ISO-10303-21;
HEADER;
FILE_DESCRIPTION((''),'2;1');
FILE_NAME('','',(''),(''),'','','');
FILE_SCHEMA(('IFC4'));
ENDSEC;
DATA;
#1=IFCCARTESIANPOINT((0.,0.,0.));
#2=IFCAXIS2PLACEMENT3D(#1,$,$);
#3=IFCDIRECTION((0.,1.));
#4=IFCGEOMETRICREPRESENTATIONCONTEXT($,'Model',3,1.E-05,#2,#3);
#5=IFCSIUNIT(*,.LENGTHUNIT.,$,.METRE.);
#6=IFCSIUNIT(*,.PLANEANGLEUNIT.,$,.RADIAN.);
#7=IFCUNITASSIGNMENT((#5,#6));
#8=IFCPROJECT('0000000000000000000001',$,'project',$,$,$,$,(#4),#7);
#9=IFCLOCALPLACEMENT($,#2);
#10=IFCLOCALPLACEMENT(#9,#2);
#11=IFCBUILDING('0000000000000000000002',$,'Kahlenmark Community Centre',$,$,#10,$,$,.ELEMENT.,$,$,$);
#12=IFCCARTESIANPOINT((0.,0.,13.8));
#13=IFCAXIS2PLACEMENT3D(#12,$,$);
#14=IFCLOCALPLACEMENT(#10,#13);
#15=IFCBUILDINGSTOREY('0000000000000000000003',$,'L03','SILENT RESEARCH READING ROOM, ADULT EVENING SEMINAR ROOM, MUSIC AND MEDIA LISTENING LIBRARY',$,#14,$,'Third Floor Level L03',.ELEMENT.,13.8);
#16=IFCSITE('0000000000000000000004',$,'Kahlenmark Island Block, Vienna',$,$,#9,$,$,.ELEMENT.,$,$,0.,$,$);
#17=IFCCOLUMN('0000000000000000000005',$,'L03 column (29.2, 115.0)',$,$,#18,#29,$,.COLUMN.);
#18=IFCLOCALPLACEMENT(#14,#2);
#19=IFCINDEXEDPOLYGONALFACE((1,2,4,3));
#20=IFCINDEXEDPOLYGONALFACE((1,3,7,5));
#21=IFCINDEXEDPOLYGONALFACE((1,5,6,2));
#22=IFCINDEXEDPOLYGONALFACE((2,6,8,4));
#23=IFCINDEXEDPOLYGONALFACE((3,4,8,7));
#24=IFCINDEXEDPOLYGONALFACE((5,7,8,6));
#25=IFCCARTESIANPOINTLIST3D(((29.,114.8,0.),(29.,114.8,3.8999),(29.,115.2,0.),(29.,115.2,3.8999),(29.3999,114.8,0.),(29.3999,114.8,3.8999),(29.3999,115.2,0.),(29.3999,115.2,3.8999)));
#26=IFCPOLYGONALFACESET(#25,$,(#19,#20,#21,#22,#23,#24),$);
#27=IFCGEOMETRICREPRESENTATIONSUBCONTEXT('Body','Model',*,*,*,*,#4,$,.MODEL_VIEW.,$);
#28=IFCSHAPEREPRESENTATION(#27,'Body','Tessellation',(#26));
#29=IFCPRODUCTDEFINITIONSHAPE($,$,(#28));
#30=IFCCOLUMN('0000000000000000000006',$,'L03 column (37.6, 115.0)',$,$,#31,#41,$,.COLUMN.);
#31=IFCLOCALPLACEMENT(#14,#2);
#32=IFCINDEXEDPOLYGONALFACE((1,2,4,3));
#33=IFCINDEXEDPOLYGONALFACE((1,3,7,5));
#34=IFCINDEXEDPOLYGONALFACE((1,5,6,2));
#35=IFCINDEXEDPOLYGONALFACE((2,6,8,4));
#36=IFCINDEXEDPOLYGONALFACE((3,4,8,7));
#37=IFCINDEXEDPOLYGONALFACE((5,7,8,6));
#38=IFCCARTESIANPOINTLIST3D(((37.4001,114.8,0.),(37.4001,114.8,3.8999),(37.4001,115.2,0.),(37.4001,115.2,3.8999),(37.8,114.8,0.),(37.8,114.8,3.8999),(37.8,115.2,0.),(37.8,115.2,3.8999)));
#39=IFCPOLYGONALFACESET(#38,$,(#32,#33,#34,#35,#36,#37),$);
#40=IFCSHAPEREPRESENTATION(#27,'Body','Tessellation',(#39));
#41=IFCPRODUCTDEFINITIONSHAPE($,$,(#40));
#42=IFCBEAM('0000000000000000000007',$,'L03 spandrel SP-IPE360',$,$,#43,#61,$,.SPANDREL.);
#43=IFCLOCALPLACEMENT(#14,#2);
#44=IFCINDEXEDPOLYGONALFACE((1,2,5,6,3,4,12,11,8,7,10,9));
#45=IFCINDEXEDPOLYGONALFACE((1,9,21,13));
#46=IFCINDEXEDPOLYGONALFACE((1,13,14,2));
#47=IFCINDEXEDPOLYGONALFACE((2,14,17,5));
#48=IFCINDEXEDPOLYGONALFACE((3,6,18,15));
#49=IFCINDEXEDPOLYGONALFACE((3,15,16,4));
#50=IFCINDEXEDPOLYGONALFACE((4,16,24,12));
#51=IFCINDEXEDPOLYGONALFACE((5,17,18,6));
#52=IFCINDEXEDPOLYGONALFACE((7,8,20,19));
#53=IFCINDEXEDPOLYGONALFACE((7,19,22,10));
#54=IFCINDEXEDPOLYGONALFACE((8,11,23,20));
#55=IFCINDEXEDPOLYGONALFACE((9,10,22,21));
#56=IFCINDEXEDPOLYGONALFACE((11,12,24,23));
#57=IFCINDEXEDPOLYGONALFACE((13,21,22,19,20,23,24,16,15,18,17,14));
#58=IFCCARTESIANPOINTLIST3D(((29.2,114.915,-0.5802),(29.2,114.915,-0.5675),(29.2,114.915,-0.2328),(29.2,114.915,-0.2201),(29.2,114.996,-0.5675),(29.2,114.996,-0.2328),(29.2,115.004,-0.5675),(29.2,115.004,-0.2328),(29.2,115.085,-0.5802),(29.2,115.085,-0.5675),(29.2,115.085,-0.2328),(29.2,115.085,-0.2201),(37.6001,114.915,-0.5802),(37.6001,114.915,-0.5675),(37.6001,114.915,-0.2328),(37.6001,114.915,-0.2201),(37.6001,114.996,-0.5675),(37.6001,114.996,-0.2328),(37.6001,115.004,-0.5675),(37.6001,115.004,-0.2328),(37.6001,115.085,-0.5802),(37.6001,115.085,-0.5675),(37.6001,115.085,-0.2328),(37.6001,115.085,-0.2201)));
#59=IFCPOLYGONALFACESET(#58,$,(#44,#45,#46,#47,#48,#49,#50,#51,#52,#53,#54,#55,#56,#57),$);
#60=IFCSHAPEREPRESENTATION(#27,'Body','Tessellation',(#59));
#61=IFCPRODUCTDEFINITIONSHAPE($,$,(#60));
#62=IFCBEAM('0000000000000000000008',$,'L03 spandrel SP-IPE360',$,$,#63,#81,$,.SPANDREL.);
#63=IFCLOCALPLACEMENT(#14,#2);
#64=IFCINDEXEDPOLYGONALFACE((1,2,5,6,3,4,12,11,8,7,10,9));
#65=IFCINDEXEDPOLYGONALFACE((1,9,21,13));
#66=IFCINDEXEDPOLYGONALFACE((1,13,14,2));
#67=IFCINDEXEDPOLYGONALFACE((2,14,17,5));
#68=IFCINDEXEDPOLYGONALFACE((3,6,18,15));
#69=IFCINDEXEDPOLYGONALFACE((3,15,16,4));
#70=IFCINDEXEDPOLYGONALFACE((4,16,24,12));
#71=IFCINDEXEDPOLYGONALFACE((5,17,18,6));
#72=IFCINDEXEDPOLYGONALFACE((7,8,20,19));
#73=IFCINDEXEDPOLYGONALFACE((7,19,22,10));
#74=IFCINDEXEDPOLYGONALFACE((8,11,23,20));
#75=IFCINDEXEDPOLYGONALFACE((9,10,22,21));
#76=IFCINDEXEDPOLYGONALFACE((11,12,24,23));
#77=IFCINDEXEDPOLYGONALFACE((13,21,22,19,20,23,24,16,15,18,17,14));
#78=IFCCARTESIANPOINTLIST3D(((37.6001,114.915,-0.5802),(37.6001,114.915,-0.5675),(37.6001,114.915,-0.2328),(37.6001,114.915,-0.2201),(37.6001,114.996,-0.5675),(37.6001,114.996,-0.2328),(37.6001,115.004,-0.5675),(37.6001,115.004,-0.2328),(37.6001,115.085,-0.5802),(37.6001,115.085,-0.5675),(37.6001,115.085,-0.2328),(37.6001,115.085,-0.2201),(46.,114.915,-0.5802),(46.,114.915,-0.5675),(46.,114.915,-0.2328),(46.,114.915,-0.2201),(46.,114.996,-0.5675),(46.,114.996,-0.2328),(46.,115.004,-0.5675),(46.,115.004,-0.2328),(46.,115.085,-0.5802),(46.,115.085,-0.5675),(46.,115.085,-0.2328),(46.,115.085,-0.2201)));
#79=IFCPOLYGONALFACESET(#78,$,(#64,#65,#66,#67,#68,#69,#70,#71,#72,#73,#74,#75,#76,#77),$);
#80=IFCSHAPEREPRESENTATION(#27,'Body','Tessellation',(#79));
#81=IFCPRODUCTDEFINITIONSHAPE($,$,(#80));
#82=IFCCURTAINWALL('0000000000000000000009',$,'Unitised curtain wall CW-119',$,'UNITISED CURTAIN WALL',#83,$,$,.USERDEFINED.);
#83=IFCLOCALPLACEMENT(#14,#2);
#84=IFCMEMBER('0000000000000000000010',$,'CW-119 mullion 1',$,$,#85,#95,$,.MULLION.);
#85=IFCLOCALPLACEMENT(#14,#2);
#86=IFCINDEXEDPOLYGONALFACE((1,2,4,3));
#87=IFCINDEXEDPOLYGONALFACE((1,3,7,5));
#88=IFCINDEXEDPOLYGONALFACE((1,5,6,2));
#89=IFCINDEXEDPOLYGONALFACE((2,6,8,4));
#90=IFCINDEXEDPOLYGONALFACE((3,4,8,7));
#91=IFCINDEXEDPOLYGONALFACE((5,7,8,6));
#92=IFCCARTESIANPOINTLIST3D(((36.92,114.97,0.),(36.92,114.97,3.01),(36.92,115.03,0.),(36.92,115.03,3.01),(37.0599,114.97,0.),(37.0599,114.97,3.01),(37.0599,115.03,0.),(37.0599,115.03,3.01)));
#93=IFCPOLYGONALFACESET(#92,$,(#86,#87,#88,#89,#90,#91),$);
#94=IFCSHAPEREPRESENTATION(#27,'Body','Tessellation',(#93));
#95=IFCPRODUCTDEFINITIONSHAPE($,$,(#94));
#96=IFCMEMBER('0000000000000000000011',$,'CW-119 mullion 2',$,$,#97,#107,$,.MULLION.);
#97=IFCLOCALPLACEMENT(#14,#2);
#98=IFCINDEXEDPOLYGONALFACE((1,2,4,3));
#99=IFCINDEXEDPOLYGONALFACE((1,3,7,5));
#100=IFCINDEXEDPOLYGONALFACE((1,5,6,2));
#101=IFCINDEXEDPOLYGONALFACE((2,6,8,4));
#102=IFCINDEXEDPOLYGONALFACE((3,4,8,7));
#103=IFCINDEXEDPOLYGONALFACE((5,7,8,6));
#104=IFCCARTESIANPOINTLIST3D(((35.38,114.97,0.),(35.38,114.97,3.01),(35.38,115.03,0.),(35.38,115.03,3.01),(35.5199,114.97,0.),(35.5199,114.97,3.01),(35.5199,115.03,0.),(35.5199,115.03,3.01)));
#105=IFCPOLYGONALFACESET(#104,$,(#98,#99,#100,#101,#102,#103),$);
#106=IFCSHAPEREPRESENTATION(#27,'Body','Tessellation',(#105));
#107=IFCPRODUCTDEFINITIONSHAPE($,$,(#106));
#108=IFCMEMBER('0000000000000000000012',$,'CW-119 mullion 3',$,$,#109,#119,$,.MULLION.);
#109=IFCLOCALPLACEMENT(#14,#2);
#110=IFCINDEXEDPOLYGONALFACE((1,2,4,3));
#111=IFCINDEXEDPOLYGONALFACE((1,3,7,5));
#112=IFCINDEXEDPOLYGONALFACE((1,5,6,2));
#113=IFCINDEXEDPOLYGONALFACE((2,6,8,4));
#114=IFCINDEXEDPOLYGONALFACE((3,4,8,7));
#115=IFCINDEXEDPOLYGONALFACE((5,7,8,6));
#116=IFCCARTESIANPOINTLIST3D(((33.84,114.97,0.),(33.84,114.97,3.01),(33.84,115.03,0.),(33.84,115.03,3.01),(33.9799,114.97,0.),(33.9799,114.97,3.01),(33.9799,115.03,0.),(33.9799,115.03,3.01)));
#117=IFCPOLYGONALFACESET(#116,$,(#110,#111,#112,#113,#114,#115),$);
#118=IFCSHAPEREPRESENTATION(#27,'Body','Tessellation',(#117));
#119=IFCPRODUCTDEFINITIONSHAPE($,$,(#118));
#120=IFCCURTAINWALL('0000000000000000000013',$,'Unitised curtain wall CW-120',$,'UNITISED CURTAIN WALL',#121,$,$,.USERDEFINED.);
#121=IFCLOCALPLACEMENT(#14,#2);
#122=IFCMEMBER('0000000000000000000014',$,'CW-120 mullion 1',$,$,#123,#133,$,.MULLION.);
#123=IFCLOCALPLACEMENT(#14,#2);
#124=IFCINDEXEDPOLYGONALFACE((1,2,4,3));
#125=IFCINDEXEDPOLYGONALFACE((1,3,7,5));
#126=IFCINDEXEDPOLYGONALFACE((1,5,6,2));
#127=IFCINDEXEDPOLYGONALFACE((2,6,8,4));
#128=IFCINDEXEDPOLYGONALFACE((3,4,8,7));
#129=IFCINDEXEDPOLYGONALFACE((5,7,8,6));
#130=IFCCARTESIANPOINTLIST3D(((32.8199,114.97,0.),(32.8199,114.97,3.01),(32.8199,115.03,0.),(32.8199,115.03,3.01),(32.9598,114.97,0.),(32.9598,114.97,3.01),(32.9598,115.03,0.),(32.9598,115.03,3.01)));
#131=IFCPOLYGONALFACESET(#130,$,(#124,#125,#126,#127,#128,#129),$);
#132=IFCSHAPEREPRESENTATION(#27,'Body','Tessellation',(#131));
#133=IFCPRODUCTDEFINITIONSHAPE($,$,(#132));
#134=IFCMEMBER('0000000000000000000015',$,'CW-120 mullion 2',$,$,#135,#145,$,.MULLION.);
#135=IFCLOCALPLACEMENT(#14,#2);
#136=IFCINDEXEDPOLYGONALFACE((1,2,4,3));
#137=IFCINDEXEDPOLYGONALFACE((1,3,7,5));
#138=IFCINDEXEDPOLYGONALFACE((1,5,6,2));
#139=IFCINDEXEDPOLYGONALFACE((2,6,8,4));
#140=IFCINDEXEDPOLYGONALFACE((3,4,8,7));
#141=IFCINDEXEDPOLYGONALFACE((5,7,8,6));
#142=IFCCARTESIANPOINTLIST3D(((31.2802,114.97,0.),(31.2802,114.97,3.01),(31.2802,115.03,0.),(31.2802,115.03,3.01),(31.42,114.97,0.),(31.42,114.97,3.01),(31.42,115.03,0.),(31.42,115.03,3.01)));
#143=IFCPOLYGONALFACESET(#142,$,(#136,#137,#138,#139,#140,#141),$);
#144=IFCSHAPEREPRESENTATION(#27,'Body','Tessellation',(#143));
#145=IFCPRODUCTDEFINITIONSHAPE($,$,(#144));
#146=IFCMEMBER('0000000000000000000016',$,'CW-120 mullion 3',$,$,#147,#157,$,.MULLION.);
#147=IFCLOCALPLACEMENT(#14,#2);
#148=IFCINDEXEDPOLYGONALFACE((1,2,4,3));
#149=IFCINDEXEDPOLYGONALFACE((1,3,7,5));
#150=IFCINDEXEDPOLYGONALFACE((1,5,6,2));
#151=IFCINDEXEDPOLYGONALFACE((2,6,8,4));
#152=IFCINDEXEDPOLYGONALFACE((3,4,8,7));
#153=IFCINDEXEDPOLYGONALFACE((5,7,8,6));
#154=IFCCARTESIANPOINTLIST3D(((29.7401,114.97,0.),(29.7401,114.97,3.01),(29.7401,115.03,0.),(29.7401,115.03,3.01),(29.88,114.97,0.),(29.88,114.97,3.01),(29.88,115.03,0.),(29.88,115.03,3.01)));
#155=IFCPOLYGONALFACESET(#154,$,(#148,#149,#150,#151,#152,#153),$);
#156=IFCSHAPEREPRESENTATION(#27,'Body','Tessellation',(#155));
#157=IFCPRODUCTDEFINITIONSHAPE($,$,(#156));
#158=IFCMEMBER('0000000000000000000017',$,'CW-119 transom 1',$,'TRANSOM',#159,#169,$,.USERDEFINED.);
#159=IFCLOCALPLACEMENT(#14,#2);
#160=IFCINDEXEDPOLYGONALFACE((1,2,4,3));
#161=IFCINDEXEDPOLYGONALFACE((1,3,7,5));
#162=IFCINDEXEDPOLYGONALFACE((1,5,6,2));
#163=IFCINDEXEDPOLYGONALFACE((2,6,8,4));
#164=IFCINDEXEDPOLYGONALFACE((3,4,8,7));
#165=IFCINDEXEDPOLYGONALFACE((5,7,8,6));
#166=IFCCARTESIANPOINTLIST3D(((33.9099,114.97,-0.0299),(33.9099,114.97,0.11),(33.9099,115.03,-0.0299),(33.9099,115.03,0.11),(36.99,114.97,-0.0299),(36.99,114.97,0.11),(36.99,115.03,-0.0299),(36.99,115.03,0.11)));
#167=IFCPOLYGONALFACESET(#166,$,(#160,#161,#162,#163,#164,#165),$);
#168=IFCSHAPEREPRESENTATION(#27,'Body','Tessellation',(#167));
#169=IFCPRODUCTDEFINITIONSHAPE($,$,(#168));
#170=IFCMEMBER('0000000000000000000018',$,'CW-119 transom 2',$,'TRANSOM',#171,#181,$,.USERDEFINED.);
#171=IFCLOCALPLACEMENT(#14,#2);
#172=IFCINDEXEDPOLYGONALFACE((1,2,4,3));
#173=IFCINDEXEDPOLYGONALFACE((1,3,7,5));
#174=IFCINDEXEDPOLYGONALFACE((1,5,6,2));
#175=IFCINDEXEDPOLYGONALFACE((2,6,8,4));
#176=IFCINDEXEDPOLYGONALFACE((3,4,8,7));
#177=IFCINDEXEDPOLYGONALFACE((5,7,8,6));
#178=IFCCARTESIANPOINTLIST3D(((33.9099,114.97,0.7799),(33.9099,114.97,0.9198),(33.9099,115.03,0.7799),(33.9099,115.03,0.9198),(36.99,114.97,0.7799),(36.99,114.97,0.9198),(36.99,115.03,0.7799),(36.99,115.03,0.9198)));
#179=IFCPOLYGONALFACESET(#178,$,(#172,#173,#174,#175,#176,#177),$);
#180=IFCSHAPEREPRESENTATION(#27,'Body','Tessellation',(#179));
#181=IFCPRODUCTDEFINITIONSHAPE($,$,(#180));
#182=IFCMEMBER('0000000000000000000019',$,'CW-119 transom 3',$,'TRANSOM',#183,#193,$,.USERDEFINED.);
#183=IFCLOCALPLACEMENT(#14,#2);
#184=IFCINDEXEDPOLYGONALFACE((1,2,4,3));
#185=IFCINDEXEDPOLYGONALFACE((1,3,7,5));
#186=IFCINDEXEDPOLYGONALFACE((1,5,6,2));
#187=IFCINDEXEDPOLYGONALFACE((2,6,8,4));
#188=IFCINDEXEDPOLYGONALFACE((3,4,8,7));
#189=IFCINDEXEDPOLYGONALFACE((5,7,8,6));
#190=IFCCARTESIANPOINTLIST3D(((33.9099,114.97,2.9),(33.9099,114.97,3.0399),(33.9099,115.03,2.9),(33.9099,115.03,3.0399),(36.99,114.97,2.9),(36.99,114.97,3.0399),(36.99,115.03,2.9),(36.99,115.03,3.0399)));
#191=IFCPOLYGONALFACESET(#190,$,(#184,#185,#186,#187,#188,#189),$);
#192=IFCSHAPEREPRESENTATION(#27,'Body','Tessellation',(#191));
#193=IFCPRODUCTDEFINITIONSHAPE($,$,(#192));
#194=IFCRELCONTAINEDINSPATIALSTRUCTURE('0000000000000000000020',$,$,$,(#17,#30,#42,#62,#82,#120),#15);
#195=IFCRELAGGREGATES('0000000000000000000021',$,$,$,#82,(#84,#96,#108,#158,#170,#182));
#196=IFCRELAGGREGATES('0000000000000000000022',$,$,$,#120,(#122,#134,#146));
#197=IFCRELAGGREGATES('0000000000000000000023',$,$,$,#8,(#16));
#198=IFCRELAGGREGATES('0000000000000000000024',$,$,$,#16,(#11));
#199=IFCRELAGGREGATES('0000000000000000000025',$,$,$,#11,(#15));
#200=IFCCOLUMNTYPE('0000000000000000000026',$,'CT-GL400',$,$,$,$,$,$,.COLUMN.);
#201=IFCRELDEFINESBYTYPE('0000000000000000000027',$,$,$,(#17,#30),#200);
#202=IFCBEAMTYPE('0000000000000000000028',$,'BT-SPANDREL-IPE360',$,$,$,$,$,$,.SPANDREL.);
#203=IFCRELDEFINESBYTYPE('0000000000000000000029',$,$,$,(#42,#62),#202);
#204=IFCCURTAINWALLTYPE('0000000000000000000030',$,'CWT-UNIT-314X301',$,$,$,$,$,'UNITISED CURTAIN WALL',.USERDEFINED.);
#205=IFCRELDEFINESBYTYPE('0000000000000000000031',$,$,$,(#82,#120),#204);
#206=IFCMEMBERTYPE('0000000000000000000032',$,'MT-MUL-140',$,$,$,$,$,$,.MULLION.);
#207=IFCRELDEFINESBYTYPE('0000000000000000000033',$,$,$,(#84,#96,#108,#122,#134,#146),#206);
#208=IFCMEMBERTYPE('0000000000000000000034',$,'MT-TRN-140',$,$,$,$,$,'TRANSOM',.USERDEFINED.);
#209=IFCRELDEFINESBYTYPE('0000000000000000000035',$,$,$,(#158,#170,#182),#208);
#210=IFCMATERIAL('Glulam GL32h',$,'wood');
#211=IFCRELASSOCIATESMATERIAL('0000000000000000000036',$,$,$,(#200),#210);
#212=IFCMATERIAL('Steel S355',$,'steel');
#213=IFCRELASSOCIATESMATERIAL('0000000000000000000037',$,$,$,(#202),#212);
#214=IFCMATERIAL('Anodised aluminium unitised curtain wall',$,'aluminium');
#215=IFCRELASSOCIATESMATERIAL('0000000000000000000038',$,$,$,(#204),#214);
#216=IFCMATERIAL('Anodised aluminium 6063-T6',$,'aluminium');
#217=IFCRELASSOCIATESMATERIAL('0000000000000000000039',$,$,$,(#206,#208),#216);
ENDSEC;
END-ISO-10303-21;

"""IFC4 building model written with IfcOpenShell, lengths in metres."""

from ifc_helpers import new_model, si_unit, direction, frame, origin, origin_2d, place, context, subcontext, project, spatial, rectangle, i_section, extrude, material, material_profile, profile_set, type_object, element, aggregate, save


model = new_model("IFC4")

# Units and contexts
model_context = context("Model", 3, precision=1e-05, world=origin(), true_north=direction((0.0, 1.0)))
body_context = subcontext(model_context, "Body", "Model", "MODEL_VIEW")
ifc_project = project(units=[si_unit("LENGTHUNIT", "METRE"), si_unit("PLANEANGLEUNIT", "RADIAN")], contexts=[model_context])

# Site, building, storey
site_placement = place(None, origin())
site = spatial("IfcSite", under=ifc_project, at=site_placement, Name="Kahlenmark Island Block, Vienna", CompositionType="ELEMENT", RefElevation=0.0)
building_placement = place(site_placement, origin())
building = spatial("IfcBuilding", under=site, at=building_placement, Name="Kahlenmark Community Centre", CompositionType="ELEMENT")
storey_placement = place(building_placement, frame((0.0, 0.0, 13.8)))
storey = spatial("IfcBuildingStorey", under=building, at=storey_placement, Name="L03", Description="SILENT RESEARCH READING ROOM, ADULT EVENING SEMINAR ROOM, MUSIC AND MEDIA LISTENING LIBRARY", LongName="Third Floor Level L03", CompositionType="ELEMENT", Elevation=13.8)

# Columns
ifc_material_1 = material(Name="Glulam GL32h", Category="wood")
ifc_material_profile_1 = material_profile(ifc_material_1, rectangle(XDim=0.3999, YDim=0.3999, at=origin_2d()), Name="GL32h 400x400")
ifc_profile_set_1 = profile_set([ifc_material_profile_1], Name="Glulam GL32h")
column_type = type_object("IfcColumnType", Name="CT-GL400", PredefinedType="COLUMN", material=ifc_profile_set_1)
for number, where, z_axis, x_axis, name in (
    (1, (29.2, 115.0, 0.0), (0.0, 0.0, 1.0), (1.0, 0.0, 0.0), "L03 column (29.2, 115.0)"),
    (2, (37.6001, 115.0, 0.0), (0.0, 0.0, 1.0), (1.0, 0.0, 0.0), "L03 column (37.6, 115.0)"),
):
    element("IfcColumn", number, at=place(storey_placement, frame(where, z_axis=z_axis, x_axis=x_axis)), inside=storey, type_object=column_type, Name=name, PredefinedType="COLUMN", context=body_context, shape_type="SweptSolid", body=[
        extrude(rectangle(XDim=0.3999, YDim=0.3999, at=origin_2d()), origin(), (0.0, 0.0, 1.0), 3.8999),
    ])

# Beams
ifc_material_2 = material(Name="Steel S355", Category="steel")
ifc_material_profile_2 = material_profile(ifc_material_2, i_section(OverallWidth=0.1699, OverallDepth=0.3601, WebThickness=0.0081, FlangeThickness=0.0127, at=origin_2d()), Name="IPE 360")
ifc_profile_set_2 = profile_set([ifc_material_profile_2], Name="Steel S355")
beam_type = type_object("IfcBeamType", Name="BT-SPANDREL-IPE360", PredefinedType="SPANDREL", material=ifc_profile_set_2)
beam_1_placement = place(storey_placement, frame((29.2, 115.0, -0.4001), z_axis=(1.0, 0.0, 0.0), x_axis=(0.0, 1.0, 0.0)))
element("IfcBeam", 3, at=beam_1_placement, inside=storey, type_object=beam_type, Name="L03 spandrel SP-IPE360", PredefinedType="SPANDREL", context=body_context, shape_type="SweptSolid", body=[
    extrude(i_section(OverallWidth=0.1699, OverallDepth=0.3601, WebThickness=0.0081, FlangeThickness=0.0127, at=origin_2d()), origin(), (0.0, 0.0, 1.0), 8.4001),
])
beam_2_placement = place(storey_placement, frame((37.6001, 115.0, -0.4001), z_axis=(1.0, 0.0, 0.0), x_axis=(0.0, 1.0, 0.0)))
element("IfcBeam", 4, at=beam_2_placement, inside=storey, type_object=beam_type, Name="L03 spandrel SP-IPE360", PredefinedType="SPANDREL", context=body_context, shape_type="SweptSolid", body=[
    extrude(i_section(OverallWidth=0.1699, OverallDepth=0.3601, WebThickness=0.0081, FlangeThickness=0.0127, at=origin_2d()), origin(), (0.0, 0.0, 1.0), 8.3999),
])

# Curtain walls, members
ifc_material_3 = material(Name="Anodised aluminium unitised curtain wall", Category="aluminium")
curtain_wall_type = type_object("IfcCurtainWallType", Name="CWT-UNIT-314X301", ElementType="UNITISED CURTAIN WALL", PredefinedType="USERDEFINED", material=ifc_material_3)
curtain_wall_1_placement = place(storey_placement, origin())
curtain_wall_1 = element("IfcCurtainWall", 5, at=curtain_wall_1_placement, inside=storey, type_object=curtain_wall_type, Name="Unitised curtain wall CW-119", ObjectType="UNITISED CURTAIN WALL", PredefinedType="USERDEFINED")
ifc_material_4 = material(Name="Anodised aluminium 6063-T6", Category="aluminium")
ifc_material_profile_3 = material_profile(ifc_material_4, rectangle(XDim=0.0601, YDim=0.1399, at=origin_2d()), Name="ALU MULLION 60x140")
ifc_profile_set_3 = profile_set([ifc_material_profile_3], Name="Anodised aluminium 6063-T6")
member_type_1 = type_object("IfcMemberType", Name="MT-MUL-140", PredefinedType="MULLION", material=ifc_profile_set_3)
member_1_placement = place(storey_placement, frame((36.99, 115.0, 0.0), z_axis=(0.0, 0.0, 1.0), x_axis=(0.0, -1.0, 0.0)))
member_1 = element("IfcMember", 6, at=member_1_placement, type_object=member_type_1, Name="CW-119 mullion 1", PredefinedType="MULLION", context=body_context, shape_type="SweptSolid", body=[
    extrude(rectangle(XDim=0.0601, YDim=0.1399, at=origin_2d()), origin(), (0.0, 0.0, 1.0), 3.01),
])
member_2_placement = place(storey_placement, frame((35.45, 115.0, 0.0), z_axis=(0.0, 0.0, 1.0), x_axis=(0.0, -1.0, 0.0)))
member_2 = element("IfcMember", 7, at=member_2_placement, type_object=member_type_1, Name="CW-119 mullion 2", PredefinedType="MULLION", context=body_context, shape_type="SweptSolid", body=[
    extrude(rectangle(XDim=0.0601, YDim=0.1399, at=origin_2d()), origin(), (0.0, 0.0, 1.0), 3.01),
])
member_3_placement = place(storey_placement, frame((33.9099, 115.0, 0.0), z_axis=(0.0, 0.0, 1.0), x_axis=(0.0, -1.0, 0.0)))
member_3 = element("IfcMember", 8, at=member_3_placement, type_object=member_type_1, Name="CW-119 mullion 3", PredefinedType="MULLION", context=body_context, shape_type="SweptSolid", body=[
    extrude(rectangle(XDim=0.0601, YDim=0.1399, at=origin_2d()), origin(), (0.0, 0.0, 1.0), 3.01),
])
curtain_wall_2_placement = place(storey_placement, origin())
curtain_wall_2 = element("IfcCurtainWall", 9, at=curtain_wall_2_placement, inside=storey, type_object=curtain_wall_type, Name="Unitised curtain wall CW-120", ObjectType="UNITISED CURTAIN WALL", PredefinedType="USERDEFINED")
member_4_placement = place(storey_placement, frame((32.8899, 115.0, 0.0), z_axis=(0.0, 0.0, 1.0), x_axis=(0.0, -1.0, 0.0)))
member_4 = element("IfcMember", 10, at=member_4_placement, type_object=member_type_1, Name="CW-120 mullion 1", PredefinedType="MULLION", context=body_context, shape_type="SweptSolid", body=[
    extrude(rectangle(XDim=0.0601, YDim=0.1399, at=origin_2d()), origin(), (0.0, 0.0, 1.0), 3.01),
])
member_5_placement = place(storey_placement, frame((31.3501, 115.0, 0.0), z_axis=(0.0, 0.0, 1.0), x_axis=(0.0, -1.0, 0.0)))
member_5 = element("IfcMember", 11, at=member_5_placement, type_object=member_type_1, Name="CW-120 mullion 2", PredefinedType="MULLION", context=body_context, shape_type="SweptSolid", body=[
    extrude(rectangle(XDim=0.0601, YDim=0.1399, at=origin_2d()), origin(), (0.0, 0.0, 1.0), 3.01),
])
member_6_placement = place(storey_placement, frame((29.8101, 115.0, 0.0), z_axis=(0.0, 0.0, 1.0), x_axis=(0.0, -1.0, 0.0)))
member_6 = element("IfcMember", 12, at=member_6_placement, type_object=member_type_1, Name="CW-120 mullion 3", PredefinedType="MULLION", context=body_context, shape_type="SweptSolid", body=[
    extrude(rectangle(XDim=0.0601, YDim=0.1399, at=origin_2d()), origin(), (0.0, 0.0, 1.0), 3.01),
])

# Members
ifc_material_profile_4 = material_profile(ifc_material_4, rectangle(XDim=0.0601, YDim=0.1399, at=origin_2d()), Name="ALU TRANSOM 60x140")
ifc_profile_set_4 = profile_set([ifc_material_profile_4], Name="Anodised aluminium 6063-T6")
member_type_2 = type_object("IfcMemberType", Name="MT-TRN-140", ElementType="TRANSOM", PredefinedType="USERDEFINED", material=ifc_profile_set_4)
member_7_placement = place(storey_placement, frame((36.99, 115.0, 0.04), z_axis=(-1.0, 0.0, 0.0), x_axis=(0.0, -1.0, 0.0)))
member_7 = element("IfcMember", 13, at=member_7_placement, type_object=member_type_2, Name="CW-119 transom 1", ObjectType="TRANSOM", PredefinedType="USERDEFINED", context=body_context, shape_type="SweptSolid", body=[
    extrude(rectangle(XDim=0.0601, YDim=0.1399, at=origin_2d()), origin(), (0.0, 0.0, 1.0), 3.0801),
])
member_8_placement = place(storey_placement, frame((36.99, 115.0, 0.8499), z_axis=(-1.0, 0.0, 0.0), x_axis=(0.0, -1.0, 0.0)))
member_8 = element("IfcMember", 14, at=member_8_placement, type_object=member_type_2, Name="CW-119 transom 2", ObjectType="TRANSOM", PredefinedType="USERDEFINED", context=body_context, shape_type="SweptSolid", body=[
    extrude(rectangle(XDim=0.0601, YDim=0.1399, at=origin_2d()), origin(), (0.0, 0.0, 1.0), 3.0801),
])
member_9_placement = place(storey_placement, frame((36.99, 115.0, 2.97), z_axis=(-1.0, 0.0, 0.0), x_axis=(0.0, -1.0, 0.0)))
member_9 = element("IfcMember", 15, at=member_9_placement, type_object=member_type_2, Name="CW-119 transom 3", ObjectType="TRANSOM", PredefinedType="USERDEFINED", context=body_context, shape_type="SweptSolid", body=[
    extrude(rectangle(XDim=0.0601, YDim=0.1399, at=origin_2d()), origin(), (0.0, 0.0, 1.0), 3.0801),
])

aggregate(curtain_wall_1, [member_1, member_2, member_3, member_7, member_8, member_9])
aggregate(curtain_wall_2, [member_4, member_5, member_6])

save(model, "model.ifc")
